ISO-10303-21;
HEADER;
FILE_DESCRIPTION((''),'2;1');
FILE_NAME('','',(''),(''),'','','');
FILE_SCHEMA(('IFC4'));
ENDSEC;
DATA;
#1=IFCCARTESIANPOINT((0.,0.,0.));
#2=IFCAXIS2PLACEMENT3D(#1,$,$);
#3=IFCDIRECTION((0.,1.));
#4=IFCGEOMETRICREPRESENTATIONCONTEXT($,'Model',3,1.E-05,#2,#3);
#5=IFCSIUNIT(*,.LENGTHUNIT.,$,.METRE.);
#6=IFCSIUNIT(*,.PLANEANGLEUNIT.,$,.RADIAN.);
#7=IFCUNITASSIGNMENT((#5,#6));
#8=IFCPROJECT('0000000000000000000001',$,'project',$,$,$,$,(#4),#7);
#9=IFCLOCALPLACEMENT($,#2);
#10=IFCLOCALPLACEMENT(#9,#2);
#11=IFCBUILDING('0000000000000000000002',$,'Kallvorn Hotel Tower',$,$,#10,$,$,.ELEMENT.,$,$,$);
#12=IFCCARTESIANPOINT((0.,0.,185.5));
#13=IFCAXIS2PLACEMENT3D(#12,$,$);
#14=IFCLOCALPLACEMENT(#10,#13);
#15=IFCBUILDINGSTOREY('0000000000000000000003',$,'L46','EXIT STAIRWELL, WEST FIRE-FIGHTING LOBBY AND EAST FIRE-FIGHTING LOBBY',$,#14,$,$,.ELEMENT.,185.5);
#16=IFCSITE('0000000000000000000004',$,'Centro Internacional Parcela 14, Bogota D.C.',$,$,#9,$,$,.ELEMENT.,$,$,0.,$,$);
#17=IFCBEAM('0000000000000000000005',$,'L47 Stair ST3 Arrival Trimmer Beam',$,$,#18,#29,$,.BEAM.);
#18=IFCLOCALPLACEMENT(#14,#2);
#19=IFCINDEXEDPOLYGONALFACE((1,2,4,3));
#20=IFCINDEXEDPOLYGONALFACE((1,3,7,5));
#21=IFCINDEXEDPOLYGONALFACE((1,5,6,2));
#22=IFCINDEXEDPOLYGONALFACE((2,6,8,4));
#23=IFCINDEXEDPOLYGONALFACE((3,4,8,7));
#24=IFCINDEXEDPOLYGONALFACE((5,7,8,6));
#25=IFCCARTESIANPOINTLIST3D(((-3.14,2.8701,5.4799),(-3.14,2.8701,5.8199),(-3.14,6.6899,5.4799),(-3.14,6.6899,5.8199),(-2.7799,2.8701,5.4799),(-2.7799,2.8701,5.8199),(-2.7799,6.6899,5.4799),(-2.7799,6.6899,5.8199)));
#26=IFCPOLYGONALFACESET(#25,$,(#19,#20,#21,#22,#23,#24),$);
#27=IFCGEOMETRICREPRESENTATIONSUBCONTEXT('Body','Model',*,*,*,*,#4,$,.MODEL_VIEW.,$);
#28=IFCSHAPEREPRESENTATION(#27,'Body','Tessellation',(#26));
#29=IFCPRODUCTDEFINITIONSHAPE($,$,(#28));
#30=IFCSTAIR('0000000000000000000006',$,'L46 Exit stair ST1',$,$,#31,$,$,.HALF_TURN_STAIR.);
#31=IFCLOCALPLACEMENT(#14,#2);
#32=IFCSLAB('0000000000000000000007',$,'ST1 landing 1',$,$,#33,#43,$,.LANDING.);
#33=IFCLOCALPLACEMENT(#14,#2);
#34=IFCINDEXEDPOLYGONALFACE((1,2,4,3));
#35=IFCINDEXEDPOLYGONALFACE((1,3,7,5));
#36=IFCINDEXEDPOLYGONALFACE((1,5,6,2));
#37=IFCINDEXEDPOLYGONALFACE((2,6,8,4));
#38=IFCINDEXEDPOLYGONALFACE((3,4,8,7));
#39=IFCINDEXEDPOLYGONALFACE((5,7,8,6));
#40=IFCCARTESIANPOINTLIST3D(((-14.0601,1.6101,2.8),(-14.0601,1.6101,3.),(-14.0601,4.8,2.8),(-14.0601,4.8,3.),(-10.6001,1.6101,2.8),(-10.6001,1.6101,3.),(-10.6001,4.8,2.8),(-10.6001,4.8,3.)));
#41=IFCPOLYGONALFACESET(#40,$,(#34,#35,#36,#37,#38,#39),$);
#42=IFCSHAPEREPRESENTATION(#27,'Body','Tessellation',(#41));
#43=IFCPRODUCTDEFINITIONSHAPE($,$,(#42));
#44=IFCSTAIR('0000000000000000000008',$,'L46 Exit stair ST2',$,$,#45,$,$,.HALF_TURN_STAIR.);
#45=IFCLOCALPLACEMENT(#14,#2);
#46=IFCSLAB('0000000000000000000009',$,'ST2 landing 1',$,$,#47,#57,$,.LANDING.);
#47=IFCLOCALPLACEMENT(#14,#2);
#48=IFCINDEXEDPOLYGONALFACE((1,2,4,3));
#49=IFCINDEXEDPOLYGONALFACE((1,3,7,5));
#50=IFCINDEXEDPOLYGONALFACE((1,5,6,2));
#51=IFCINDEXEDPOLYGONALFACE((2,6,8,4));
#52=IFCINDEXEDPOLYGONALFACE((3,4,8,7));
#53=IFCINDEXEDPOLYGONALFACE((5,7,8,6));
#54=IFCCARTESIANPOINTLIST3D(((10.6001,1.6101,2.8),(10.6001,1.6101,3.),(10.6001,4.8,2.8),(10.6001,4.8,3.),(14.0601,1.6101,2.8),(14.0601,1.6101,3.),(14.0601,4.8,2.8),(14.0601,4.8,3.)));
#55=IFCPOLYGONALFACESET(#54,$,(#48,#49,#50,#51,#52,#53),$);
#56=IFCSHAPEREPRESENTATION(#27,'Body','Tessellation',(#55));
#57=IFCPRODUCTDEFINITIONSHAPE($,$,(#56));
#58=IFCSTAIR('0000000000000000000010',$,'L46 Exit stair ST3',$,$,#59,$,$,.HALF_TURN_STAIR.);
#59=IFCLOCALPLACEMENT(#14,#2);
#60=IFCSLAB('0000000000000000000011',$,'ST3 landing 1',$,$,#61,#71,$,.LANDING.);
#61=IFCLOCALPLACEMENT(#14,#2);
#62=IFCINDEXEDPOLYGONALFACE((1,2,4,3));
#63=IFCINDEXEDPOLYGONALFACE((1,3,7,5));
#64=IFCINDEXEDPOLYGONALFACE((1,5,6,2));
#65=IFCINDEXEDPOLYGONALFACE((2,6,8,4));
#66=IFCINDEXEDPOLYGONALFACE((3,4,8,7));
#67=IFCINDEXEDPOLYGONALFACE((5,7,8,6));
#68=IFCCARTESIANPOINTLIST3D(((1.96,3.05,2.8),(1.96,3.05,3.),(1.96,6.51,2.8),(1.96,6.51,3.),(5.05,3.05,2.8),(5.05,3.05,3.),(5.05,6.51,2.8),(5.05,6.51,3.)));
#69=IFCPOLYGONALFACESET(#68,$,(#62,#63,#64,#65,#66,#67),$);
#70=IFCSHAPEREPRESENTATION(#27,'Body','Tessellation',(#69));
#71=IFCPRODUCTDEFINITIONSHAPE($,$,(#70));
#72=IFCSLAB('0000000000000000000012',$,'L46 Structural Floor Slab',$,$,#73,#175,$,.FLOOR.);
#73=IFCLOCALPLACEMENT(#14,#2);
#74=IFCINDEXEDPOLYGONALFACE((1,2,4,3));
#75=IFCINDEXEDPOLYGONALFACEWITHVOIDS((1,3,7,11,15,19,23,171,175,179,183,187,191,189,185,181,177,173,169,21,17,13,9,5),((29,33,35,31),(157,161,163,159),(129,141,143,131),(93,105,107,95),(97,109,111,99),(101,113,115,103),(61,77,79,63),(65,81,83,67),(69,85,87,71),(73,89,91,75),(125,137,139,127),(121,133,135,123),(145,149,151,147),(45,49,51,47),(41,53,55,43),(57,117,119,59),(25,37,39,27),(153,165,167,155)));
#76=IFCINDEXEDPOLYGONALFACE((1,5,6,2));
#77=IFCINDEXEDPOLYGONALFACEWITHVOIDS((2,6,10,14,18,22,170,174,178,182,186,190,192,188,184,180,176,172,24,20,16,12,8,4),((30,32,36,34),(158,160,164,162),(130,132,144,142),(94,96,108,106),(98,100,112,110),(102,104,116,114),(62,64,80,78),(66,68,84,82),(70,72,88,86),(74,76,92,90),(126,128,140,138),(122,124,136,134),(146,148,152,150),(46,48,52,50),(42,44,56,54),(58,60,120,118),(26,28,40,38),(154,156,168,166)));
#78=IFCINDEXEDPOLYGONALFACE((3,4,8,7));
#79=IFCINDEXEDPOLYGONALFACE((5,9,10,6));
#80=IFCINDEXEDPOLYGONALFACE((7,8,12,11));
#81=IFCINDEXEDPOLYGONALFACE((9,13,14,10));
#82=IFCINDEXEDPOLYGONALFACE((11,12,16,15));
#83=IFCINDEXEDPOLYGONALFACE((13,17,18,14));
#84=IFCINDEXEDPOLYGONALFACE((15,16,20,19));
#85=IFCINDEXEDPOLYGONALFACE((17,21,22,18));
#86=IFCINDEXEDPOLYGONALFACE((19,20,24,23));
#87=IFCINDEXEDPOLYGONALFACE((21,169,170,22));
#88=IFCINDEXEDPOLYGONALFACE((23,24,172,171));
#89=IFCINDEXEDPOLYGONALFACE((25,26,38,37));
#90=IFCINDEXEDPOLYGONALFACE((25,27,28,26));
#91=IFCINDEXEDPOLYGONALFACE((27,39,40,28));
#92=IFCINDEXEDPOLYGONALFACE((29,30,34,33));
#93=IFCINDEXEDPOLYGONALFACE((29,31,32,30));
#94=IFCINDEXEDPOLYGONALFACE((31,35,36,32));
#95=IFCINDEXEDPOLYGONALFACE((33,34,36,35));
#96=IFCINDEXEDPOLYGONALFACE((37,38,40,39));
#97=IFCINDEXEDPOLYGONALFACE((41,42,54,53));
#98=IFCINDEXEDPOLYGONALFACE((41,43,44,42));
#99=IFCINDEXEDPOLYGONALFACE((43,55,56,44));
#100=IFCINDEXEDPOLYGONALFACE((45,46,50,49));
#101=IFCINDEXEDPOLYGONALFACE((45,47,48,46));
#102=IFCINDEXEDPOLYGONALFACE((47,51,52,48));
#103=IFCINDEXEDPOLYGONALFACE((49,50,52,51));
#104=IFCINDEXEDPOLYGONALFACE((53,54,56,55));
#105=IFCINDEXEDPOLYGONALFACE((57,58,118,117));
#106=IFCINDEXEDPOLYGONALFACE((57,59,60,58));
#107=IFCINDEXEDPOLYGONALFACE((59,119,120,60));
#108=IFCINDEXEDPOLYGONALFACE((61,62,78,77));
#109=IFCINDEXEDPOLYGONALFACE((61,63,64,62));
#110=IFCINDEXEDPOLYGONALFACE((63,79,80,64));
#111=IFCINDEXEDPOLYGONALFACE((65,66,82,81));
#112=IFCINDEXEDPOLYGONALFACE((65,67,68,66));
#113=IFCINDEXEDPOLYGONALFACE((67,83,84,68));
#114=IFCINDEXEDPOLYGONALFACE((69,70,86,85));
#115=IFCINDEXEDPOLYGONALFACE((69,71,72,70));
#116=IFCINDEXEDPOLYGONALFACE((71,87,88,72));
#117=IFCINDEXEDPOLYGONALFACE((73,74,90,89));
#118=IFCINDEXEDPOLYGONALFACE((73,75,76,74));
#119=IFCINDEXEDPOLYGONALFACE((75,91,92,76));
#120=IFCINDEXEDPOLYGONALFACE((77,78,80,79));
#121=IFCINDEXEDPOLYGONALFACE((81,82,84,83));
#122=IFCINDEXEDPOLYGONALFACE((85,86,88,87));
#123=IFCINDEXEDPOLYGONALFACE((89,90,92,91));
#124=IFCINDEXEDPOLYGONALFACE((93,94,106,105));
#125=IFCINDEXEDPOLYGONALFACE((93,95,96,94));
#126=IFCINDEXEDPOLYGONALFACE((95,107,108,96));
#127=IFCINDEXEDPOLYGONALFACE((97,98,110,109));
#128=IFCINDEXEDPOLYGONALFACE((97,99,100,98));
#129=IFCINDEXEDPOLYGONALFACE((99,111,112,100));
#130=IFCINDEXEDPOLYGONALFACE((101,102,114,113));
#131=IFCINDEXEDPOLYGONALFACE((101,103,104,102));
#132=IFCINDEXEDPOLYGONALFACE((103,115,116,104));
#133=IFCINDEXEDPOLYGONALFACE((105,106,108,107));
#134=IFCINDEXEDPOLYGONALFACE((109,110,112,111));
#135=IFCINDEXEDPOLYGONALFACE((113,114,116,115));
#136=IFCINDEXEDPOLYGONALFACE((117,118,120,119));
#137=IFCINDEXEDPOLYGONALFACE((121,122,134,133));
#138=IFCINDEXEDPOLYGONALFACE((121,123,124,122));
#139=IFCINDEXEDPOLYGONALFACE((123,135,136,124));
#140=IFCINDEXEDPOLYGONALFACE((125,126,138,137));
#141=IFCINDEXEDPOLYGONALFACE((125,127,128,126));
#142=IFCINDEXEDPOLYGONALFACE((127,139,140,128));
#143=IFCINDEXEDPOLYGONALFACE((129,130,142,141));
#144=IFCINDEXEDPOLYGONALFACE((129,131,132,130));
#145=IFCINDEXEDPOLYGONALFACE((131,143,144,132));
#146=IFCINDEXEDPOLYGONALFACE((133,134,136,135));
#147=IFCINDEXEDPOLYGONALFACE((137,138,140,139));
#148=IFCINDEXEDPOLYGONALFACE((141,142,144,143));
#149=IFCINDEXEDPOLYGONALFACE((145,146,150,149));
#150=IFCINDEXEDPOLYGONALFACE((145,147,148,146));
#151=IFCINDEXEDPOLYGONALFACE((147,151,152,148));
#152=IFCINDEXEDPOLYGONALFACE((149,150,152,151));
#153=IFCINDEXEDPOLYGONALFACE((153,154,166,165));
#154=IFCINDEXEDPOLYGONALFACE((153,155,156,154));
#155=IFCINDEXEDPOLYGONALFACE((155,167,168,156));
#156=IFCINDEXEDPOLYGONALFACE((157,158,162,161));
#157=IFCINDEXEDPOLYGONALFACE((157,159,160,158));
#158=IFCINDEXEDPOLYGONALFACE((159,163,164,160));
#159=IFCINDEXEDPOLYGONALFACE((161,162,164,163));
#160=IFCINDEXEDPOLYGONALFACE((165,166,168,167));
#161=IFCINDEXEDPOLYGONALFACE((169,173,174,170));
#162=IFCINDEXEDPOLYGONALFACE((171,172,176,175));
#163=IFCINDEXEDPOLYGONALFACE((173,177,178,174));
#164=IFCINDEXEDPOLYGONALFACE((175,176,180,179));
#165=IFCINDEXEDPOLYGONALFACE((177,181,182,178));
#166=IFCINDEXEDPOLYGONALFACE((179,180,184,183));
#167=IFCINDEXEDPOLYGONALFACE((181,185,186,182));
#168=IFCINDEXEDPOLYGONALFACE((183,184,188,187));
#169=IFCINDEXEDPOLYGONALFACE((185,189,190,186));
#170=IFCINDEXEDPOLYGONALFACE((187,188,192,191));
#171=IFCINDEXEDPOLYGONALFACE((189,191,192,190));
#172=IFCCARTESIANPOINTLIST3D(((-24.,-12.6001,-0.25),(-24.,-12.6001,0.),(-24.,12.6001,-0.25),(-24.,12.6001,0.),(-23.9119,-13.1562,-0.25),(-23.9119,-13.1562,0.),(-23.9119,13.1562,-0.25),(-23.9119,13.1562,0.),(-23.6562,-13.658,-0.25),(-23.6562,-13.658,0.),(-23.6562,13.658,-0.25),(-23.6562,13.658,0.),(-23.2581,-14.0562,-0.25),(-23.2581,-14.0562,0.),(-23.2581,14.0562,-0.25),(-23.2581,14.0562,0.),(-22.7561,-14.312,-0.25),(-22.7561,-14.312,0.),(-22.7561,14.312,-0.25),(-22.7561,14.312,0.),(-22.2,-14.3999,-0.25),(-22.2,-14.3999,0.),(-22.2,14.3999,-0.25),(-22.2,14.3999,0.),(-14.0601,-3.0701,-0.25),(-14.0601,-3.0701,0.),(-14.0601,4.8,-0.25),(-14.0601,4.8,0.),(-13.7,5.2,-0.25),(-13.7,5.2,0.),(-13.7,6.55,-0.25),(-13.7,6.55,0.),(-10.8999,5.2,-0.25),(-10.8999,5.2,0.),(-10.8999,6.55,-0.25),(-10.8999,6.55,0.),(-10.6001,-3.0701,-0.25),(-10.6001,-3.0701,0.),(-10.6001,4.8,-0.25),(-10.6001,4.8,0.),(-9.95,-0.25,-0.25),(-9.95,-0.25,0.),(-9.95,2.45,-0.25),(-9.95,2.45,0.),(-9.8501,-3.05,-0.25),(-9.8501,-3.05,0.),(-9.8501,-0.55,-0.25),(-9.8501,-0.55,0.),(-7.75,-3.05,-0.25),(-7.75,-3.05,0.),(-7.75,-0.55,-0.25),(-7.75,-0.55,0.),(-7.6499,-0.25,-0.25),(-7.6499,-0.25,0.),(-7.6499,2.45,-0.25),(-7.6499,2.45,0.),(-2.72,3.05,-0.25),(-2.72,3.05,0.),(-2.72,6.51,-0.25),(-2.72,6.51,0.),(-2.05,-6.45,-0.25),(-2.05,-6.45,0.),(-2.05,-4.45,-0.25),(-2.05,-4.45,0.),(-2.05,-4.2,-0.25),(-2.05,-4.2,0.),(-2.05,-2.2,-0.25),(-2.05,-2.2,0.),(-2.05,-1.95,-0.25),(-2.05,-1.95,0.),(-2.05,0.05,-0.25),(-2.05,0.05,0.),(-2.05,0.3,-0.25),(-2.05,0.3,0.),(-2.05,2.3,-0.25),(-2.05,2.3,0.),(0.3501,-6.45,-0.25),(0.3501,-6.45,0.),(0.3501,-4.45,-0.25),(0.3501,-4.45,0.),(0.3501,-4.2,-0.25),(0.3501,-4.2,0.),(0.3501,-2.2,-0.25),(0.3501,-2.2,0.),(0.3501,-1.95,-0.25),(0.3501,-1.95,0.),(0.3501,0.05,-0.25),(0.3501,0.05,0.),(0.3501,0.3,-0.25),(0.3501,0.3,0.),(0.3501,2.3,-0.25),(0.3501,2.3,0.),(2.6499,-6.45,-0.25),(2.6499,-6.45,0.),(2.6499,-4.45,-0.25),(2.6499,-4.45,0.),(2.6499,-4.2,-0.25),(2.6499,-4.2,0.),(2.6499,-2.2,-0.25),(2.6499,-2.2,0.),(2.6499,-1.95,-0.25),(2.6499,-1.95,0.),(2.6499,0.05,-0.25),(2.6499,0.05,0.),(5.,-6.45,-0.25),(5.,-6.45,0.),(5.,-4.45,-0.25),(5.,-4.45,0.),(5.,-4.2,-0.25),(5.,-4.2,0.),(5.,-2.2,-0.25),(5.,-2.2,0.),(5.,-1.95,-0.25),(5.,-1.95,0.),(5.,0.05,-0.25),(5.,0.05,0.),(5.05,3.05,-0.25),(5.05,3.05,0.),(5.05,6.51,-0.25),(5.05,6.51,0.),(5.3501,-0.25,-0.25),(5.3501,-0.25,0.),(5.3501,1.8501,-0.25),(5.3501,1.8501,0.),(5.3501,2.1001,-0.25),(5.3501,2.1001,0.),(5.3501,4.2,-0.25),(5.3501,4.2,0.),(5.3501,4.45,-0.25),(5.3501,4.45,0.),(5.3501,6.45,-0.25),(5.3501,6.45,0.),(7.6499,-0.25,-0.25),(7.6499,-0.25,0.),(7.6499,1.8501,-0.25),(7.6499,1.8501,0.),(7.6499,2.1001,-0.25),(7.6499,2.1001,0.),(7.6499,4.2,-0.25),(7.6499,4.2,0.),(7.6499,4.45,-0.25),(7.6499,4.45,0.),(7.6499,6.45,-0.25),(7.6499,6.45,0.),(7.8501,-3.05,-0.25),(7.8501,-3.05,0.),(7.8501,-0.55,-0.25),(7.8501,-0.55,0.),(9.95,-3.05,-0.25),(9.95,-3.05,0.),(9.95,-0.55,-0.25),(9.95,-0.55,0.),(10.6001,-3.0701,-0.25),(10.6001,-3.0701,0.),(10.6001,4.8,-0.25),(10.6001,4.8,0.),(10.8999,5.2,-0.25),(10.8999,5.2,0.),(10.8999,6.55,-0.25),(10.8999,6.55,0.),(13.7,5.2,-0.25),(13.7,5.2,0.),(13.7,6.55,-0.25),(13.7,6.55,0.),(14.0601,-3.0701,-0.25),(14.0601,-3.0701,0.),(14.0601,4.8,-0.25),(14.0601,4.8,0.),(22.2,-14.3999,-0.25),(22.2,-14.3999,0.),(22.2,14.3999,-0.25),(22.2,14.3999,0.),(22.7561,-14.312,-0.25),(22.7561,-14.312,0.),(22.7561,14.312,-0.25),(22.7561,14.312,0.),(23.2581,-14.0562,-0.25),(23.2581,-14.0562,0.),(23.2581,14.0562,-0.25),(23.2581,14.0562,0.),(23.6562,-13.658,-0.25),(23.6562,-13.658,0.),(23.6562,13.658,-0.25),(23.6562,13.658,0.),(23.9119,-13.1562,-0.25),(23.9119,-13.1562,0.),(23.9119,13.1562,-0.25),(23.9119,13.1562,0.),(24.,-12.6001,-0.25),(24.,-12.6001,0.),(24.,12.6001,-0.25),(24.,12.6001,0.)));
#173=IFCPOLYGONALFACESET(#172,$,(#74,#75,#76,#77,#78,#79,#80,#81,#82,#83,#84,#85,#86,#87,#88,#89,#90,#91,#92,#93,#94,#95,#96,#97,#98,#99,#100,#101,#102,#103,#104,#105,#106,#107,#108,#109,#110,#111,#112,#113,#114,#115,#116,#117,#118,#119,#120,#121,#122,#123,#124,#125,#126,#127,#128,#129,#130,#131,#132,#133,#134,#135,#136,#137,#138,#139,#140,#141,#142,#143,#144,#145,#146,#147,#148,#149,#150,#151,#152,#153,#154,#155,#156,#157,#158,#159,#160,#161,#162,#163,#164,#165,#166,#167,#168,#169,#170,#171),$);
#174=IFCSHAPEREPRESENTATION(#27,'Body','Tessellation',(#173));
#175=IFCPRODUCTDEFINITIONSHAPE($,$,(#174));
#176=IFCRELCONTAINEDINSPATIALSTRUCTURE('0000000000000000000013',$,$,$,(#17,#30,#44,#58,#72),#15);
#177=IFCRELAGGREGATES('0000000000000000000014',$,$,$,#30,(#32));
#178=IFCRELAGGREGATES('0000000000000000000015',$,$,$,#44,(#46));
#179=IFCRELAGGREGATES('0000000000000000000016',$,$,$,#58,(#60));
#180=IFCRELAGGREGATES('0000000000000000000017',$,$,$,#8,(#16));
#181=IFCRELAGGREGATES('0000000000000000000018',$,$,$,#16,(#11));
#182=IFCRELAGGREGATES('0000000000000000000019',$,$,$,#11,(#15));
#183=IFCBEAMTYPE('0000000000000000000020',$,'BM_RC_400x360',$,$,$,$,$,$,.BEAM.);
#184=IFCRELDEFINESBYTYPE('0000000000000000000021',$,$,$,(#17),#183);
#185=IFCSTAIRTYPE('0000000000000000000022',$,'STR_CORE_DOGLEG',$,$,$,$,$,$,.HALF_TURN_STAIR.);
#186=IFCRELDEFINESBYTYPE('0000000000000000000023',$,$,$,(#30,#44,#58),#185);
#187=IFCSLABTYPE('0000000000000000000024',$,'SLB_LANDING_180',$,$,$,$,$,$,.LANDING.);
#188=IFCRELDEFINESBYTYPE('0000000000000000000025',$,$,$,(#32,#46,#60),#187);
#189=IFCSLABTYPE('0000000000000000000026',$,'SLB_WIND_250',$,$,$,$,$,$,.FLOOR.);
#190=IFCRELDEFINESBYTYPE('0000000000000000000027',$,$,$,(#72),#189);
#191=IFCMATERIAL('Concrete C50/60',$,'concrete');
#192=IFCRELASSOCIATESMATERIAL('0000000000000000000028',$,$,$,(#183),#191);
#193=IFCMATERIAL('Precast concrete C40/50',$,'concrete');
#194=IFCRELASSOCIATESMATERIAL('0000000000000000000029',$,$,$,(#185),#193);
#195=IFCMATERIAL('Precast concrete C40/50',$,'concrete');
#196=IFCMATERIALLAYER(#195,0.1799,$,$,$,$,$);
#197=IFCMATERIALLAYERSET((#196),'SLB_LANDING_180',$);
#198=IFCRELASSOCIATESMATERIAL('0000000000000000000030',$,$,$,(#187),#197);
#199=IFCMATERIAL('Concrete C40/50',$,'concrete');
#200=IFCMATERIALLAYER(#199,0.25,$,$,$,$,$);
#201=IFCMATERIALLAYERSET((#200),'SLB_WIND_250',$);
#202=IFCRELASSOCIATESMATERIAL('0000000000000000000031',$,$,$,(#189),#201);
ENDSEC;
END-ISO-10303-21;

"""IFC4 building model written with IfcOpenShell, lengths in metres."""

from ifc_helpers import new_model, si_unit, direction, frame, origin, origin_2d, place, context, subcontext, project, spatial, polyline, rectangle, outline, extrude, material, layer, layer_set, material_profile, profile_set, type_object, element, aggregate, save


model = new_model("IFC4")

# Units and contexts
model_context = context("Model", 3, precision=1e-05, world=origin(), true_north=direction((0.0, 1.0)))
body_context = subcontext(model_context, "Body", "Model", "MODEL_VIEW")
ifc_project = project(units=[si_unit("LENGTHUNIT", "METRE"), si_unit("PLANEANGLEUNIT", "RADIAN")], contexts=[model_context])

# Site, building, storey
site_placement = place(None, origin())
site = spatial("IfcSite", under=ifc_project, at=site_placement, Name="Centro Internacional Parcela 14, Bogota D.C.", CompositionType="ELEMENT", RefElevation=0.0)
building_placement = place(site_placement, origin())
building = spatial("IfcBuilding", under=site, at=building_placement, Name="Kallvorn Hotel Tower", CompositionType="ELEMENT")
storey_placement = place(building_placement, frame((0.0, 0.0, 185.5)))
storey = spatial("IfcBuildingStorey", under=building, at=storey_placement, Name="L46", Description="EXIT STAIRWELL, WEST FIRE-FIGHTING LOBBY AND EAST FIRE-FIGHTING LOBBY", CompositionType="ELEMENT", Elevation=185.5)

# Beam
ifc_material_1 = material(Name="Concrete C50/60", Category="concrete")
ifc_material_profile = material_profile(ifc_material_1, rectangle(XDim=0.3601, YDim=0.3401, at=origin_2d()), Name="RC 360x340")
ifc_profile_set = profile_set([ifc_material_profile], Name="Concrete C50/60")
beam_type = type_object("IfcBeamType", Name="BM_RC_400x360", PredefinedType="BEAM", material=ifc_profile_set)
beam_placement = place(storey_placement, frame((-2.96, 2.8701, 5.6499), z_axis=(0.0, 1.0, 0.0), x_axis=(-1.0, 0.0, 0.0)))
element("IfcBeam", 1, at=beam_placement, inside=storey, type_object=beam_type, Name="L47 Stair ST3 Arrival Trimmer Beam", PredefinedType="BEAM", context=body_context, shape_type="SweptSolid", body=[
    extrude(rectangle(XDim=0.3601, YDim=0.3401, at=origin_2d()), origin(), (0.0, 0.0, 1.0), 3.8198),
])

# Stairs, slabs
ifc_material_2 = material(Name="Precast concrete C40/50", Category="concrete")
stair_type = type_object("IfcStairType", Name="STR_CORE_DOGLEG", PredefinedType="HALF_TURN_STAIR", material=ifc_material_2)
stair_1_placement = place(storey_placement, origin())
stair_1 = element("IfcStair", 2, at=stair_1_placement, inside=storey, type_object=stair_type, Name="L46 Exit stair ST1", PredefinedType="HALF_TURN_STAIR")
ifc_material_3 = material(Name="Precast concrete C40/50", Category="concrete")
ifc_layer_1 = layer(ifc_material_3, 0.1799)
ifc_layer_set_1 = layer_set([ifc_layer_1], Name="SLB_LANDING_180")
slab_type_1 = type_object("IfcSlabType", Name="SLB_LANDING_180", PredefinedType="LANDING", material=ifc_layer_set_1)
slab_1_placement = place(storey_placement, frame((0.0, 0.0, 2.8)))
slab_1 = element("IfcSlab", 3, at=slab_1_placement, type_object=slab_type_1, Name="ST1 landing 1", PredefinedType="LANDING", context=body_context, shape_type="SweptSolid", body=[
    extrude(outline(polyline([(-10.6001, 1.6101), (-10.6001, 4.8), (-14.0601, 4.8), (-14.0601, 1.6101), (-10.6001, 1.6101)])), origin(), (0.0, 0.0, 1.0), 0.2),
])
aggregate(stair_1, [slab_1])
stair_2_placement = place(storey_placement, origin())
stair_2 = element("IfcStair", 4, at=stair_2_placement, inside=storey, type_object=stair_type, Name="L46 Exit stair ST2", PredefinedType="HALF_TURN_STAIR")
slab_2_placement = place(storey_placement, frame((0.0, 0.0, 2.8)))
slab_2 = element("IfcSlab", 5, at=slab_2_placement, type_object=slab_type_1, Name="ST2 landing 1", PredefinedType="LANDING", context=body_context, shape_type="SweptSolid", body=[
    extrude(outline(polyline([(14.0601, 1.6101), (14.0601, 4.8), (10.6001, 4.8), (10.6001, 1.6101), (14.0601, 1.6101)])), origin(), (0.0, 0.0, 1.0), 0.2),
])
aggregate(stair_2, [slab_2])
stair_3_placement = place(storey_placement, origin())
stair_3 = element("IfcStair", 6, at=stair_3_placement, inside=storey, type_object=stair_type, Name="L46 Exit stair ST3", PredefinedType="HALF_TURN_STAIR")
slab_3_placement = place(storey_placement, frame((0.0, 0.0, 2.8)))
slab_3 = element("IfcSlab", 7, at=slab_3_placement, type_object=slab_type_1, Name="ST3 landing 1", PredefinedType="LANDING", context=body_context, shape_type="SweptSolid", body=[
    extrude(outline(polyline([(1.96, 3.05), (5.05, 3.05), (5.05, 6.51), (1.96, 6.51), (1.96, 3.05)])), origin(), (0.0, 0.0, 1.0), 0.2),
])

# Slab
ifc_material_4 = material(Name="Concrete C40/50", Category="concrete")
ifc_layer_2 = layer(ifc_material_4, 0.25)
ifc_layer_set_2 = layer_set([ifc_layer_2], Name="SLB_WIND_250")
slab_type_2 = type_object("IfcSlabType", Name="SLB_WIND_250", PredefinedType="FLOOR", material=ifc_layer_set_2)
slab_4_placement = place(storey_placement, frame((0.0, 0.0, -0.25)))
element("IfcSlab", 8, at=slab_4_placement, inside=storey, type_object=slab_type_2, Name="L46 Structural Floor Slab", PredefinedType="FLOOR", context=body_context, shape_type="SweptSolid", body=[
    extrude(outline(polyline([(22.2, -14.3999), (22.7561, -14.312), (23.2581, -14.0562), (23.6562, -13.658), (23.9119, -13.1562), (24.0, -12.6001), (24.0, 12.6001), (23.9119, 13.1562), (23.6562, 13.658), (23.2581, 14.0562), (22.7561, 14.312), (22.2, 14.3999), (-22.2, 14.3999), (-22.7561, 14.312), (-23.2581, 14.0562), (-23.6562, 13.658), (-23.9119, 13.1562), (-24.0, 12.6001), (-24.0, -12.6001), (-23.9119, -13.1562), (-23.6562, -13.658), (-23.2581, -14.0562), (-22.7561, -14.312), (-22.2, -14.3999), (22.2, -14.3999)]), holes=[polyline([(-10.6001, -3.0701), (-10.6001, 4.8), (-14.0601, 4.8), (-14.0601, -3.0701), (-10.6001, -3.0701)]), polyline([(14.0601, -3.0701), (14.0601, 4.8), (10.6001, 4.8), (10.6001, -3.0701), (14.0601, -3.0701)]), polyline([(-2.72, 3.05), (5.05, 3.05), (5.05, 6.51), (-2.72, 6.51), (-2.72, 3.05)]), polyline([(-2.05, -6.45), (0.3501, -6.45), (0.3501, -4.45), (-2.05, -4.45), (-2.05, -6.45)]), polyline([(-2.05, -4.2), (0.3501, -4.2), (0.3501, -2.2), (-2.05, -2.2), (-2.05, -4.2)]), polyline([(-2.05, -1.95), (0.3501, -1.95), (0.3501, 0.05), (-2.05, 0.05), (-2.05, -1.95)]), polyline([(-2.05, 0.3), (0.3501, 0.3), (0.3501, 2.3), (-2.05, 2.3), (-2.05, 0.3)]), polyline([(2.6499, -6.45), (5.0, -6.45), (5.0, -4.45), (2.6499, -4.45), (2.6499, -6.45)]), polyline([(2.6499, -4.2), (5.0, -4.2), (5.0, -2.2), (2.6499, -2.2), (2.6499, -4.2)]), polyline([(2.6499, -1.95), (5.0, -1.95), (5.0, 0.05), (2.6499, 0.05), (2.6499, -1.95)]), polyline([(5.3501, -0.25), (7.6499, -0.25), (7.6499, 1.8501), (5.3501, 1.8501), (5.3501, -0.25)]), polyline([(5.3501, 2.1001), (7.6499, 2.1001), (7.6499, 4.2), (5.3501, 4.2), (5.3501, 2.1001)]), polyline([(5.3501, 4.45), (7.6499, 4.45), (7.6499, 6.45), (5.3501, 6.45), (5.3501, 4.45)]), polyline([(-9.8501, -3.05), (-7.75, -3.05), (-7.75, -0.55), (-9.8501, -0.55), (-9.8501, -3.05)]), polyline([(7.8501, -3.05), (9.95, -3.05), (9.95, -0.55), (7.8501, -0.55), (7.8501, -3.05)]), polyline([(-9.95, -0.25), (-7.6499, -0.25), (-7.6499, 2.45), (-9.95, 2.45), (-9.95, -0.25)]), polyline([(-13.7, 5.2), (-10.8999, 5.2), (-10.8999, 6.55), (-13.7, 6.55), (-13.7, 5.2)]), polyline([(10.8999, 5.2), (13.7, 5.2), (13.7, 6.55), (10.8999, 6.55), (10.8999, 5.2)])]), origin(), (0.0, 0.0, 1.0), 0.25),
])

aggregate(stair_3, [slab_3])

save(model, "model.ifc")
